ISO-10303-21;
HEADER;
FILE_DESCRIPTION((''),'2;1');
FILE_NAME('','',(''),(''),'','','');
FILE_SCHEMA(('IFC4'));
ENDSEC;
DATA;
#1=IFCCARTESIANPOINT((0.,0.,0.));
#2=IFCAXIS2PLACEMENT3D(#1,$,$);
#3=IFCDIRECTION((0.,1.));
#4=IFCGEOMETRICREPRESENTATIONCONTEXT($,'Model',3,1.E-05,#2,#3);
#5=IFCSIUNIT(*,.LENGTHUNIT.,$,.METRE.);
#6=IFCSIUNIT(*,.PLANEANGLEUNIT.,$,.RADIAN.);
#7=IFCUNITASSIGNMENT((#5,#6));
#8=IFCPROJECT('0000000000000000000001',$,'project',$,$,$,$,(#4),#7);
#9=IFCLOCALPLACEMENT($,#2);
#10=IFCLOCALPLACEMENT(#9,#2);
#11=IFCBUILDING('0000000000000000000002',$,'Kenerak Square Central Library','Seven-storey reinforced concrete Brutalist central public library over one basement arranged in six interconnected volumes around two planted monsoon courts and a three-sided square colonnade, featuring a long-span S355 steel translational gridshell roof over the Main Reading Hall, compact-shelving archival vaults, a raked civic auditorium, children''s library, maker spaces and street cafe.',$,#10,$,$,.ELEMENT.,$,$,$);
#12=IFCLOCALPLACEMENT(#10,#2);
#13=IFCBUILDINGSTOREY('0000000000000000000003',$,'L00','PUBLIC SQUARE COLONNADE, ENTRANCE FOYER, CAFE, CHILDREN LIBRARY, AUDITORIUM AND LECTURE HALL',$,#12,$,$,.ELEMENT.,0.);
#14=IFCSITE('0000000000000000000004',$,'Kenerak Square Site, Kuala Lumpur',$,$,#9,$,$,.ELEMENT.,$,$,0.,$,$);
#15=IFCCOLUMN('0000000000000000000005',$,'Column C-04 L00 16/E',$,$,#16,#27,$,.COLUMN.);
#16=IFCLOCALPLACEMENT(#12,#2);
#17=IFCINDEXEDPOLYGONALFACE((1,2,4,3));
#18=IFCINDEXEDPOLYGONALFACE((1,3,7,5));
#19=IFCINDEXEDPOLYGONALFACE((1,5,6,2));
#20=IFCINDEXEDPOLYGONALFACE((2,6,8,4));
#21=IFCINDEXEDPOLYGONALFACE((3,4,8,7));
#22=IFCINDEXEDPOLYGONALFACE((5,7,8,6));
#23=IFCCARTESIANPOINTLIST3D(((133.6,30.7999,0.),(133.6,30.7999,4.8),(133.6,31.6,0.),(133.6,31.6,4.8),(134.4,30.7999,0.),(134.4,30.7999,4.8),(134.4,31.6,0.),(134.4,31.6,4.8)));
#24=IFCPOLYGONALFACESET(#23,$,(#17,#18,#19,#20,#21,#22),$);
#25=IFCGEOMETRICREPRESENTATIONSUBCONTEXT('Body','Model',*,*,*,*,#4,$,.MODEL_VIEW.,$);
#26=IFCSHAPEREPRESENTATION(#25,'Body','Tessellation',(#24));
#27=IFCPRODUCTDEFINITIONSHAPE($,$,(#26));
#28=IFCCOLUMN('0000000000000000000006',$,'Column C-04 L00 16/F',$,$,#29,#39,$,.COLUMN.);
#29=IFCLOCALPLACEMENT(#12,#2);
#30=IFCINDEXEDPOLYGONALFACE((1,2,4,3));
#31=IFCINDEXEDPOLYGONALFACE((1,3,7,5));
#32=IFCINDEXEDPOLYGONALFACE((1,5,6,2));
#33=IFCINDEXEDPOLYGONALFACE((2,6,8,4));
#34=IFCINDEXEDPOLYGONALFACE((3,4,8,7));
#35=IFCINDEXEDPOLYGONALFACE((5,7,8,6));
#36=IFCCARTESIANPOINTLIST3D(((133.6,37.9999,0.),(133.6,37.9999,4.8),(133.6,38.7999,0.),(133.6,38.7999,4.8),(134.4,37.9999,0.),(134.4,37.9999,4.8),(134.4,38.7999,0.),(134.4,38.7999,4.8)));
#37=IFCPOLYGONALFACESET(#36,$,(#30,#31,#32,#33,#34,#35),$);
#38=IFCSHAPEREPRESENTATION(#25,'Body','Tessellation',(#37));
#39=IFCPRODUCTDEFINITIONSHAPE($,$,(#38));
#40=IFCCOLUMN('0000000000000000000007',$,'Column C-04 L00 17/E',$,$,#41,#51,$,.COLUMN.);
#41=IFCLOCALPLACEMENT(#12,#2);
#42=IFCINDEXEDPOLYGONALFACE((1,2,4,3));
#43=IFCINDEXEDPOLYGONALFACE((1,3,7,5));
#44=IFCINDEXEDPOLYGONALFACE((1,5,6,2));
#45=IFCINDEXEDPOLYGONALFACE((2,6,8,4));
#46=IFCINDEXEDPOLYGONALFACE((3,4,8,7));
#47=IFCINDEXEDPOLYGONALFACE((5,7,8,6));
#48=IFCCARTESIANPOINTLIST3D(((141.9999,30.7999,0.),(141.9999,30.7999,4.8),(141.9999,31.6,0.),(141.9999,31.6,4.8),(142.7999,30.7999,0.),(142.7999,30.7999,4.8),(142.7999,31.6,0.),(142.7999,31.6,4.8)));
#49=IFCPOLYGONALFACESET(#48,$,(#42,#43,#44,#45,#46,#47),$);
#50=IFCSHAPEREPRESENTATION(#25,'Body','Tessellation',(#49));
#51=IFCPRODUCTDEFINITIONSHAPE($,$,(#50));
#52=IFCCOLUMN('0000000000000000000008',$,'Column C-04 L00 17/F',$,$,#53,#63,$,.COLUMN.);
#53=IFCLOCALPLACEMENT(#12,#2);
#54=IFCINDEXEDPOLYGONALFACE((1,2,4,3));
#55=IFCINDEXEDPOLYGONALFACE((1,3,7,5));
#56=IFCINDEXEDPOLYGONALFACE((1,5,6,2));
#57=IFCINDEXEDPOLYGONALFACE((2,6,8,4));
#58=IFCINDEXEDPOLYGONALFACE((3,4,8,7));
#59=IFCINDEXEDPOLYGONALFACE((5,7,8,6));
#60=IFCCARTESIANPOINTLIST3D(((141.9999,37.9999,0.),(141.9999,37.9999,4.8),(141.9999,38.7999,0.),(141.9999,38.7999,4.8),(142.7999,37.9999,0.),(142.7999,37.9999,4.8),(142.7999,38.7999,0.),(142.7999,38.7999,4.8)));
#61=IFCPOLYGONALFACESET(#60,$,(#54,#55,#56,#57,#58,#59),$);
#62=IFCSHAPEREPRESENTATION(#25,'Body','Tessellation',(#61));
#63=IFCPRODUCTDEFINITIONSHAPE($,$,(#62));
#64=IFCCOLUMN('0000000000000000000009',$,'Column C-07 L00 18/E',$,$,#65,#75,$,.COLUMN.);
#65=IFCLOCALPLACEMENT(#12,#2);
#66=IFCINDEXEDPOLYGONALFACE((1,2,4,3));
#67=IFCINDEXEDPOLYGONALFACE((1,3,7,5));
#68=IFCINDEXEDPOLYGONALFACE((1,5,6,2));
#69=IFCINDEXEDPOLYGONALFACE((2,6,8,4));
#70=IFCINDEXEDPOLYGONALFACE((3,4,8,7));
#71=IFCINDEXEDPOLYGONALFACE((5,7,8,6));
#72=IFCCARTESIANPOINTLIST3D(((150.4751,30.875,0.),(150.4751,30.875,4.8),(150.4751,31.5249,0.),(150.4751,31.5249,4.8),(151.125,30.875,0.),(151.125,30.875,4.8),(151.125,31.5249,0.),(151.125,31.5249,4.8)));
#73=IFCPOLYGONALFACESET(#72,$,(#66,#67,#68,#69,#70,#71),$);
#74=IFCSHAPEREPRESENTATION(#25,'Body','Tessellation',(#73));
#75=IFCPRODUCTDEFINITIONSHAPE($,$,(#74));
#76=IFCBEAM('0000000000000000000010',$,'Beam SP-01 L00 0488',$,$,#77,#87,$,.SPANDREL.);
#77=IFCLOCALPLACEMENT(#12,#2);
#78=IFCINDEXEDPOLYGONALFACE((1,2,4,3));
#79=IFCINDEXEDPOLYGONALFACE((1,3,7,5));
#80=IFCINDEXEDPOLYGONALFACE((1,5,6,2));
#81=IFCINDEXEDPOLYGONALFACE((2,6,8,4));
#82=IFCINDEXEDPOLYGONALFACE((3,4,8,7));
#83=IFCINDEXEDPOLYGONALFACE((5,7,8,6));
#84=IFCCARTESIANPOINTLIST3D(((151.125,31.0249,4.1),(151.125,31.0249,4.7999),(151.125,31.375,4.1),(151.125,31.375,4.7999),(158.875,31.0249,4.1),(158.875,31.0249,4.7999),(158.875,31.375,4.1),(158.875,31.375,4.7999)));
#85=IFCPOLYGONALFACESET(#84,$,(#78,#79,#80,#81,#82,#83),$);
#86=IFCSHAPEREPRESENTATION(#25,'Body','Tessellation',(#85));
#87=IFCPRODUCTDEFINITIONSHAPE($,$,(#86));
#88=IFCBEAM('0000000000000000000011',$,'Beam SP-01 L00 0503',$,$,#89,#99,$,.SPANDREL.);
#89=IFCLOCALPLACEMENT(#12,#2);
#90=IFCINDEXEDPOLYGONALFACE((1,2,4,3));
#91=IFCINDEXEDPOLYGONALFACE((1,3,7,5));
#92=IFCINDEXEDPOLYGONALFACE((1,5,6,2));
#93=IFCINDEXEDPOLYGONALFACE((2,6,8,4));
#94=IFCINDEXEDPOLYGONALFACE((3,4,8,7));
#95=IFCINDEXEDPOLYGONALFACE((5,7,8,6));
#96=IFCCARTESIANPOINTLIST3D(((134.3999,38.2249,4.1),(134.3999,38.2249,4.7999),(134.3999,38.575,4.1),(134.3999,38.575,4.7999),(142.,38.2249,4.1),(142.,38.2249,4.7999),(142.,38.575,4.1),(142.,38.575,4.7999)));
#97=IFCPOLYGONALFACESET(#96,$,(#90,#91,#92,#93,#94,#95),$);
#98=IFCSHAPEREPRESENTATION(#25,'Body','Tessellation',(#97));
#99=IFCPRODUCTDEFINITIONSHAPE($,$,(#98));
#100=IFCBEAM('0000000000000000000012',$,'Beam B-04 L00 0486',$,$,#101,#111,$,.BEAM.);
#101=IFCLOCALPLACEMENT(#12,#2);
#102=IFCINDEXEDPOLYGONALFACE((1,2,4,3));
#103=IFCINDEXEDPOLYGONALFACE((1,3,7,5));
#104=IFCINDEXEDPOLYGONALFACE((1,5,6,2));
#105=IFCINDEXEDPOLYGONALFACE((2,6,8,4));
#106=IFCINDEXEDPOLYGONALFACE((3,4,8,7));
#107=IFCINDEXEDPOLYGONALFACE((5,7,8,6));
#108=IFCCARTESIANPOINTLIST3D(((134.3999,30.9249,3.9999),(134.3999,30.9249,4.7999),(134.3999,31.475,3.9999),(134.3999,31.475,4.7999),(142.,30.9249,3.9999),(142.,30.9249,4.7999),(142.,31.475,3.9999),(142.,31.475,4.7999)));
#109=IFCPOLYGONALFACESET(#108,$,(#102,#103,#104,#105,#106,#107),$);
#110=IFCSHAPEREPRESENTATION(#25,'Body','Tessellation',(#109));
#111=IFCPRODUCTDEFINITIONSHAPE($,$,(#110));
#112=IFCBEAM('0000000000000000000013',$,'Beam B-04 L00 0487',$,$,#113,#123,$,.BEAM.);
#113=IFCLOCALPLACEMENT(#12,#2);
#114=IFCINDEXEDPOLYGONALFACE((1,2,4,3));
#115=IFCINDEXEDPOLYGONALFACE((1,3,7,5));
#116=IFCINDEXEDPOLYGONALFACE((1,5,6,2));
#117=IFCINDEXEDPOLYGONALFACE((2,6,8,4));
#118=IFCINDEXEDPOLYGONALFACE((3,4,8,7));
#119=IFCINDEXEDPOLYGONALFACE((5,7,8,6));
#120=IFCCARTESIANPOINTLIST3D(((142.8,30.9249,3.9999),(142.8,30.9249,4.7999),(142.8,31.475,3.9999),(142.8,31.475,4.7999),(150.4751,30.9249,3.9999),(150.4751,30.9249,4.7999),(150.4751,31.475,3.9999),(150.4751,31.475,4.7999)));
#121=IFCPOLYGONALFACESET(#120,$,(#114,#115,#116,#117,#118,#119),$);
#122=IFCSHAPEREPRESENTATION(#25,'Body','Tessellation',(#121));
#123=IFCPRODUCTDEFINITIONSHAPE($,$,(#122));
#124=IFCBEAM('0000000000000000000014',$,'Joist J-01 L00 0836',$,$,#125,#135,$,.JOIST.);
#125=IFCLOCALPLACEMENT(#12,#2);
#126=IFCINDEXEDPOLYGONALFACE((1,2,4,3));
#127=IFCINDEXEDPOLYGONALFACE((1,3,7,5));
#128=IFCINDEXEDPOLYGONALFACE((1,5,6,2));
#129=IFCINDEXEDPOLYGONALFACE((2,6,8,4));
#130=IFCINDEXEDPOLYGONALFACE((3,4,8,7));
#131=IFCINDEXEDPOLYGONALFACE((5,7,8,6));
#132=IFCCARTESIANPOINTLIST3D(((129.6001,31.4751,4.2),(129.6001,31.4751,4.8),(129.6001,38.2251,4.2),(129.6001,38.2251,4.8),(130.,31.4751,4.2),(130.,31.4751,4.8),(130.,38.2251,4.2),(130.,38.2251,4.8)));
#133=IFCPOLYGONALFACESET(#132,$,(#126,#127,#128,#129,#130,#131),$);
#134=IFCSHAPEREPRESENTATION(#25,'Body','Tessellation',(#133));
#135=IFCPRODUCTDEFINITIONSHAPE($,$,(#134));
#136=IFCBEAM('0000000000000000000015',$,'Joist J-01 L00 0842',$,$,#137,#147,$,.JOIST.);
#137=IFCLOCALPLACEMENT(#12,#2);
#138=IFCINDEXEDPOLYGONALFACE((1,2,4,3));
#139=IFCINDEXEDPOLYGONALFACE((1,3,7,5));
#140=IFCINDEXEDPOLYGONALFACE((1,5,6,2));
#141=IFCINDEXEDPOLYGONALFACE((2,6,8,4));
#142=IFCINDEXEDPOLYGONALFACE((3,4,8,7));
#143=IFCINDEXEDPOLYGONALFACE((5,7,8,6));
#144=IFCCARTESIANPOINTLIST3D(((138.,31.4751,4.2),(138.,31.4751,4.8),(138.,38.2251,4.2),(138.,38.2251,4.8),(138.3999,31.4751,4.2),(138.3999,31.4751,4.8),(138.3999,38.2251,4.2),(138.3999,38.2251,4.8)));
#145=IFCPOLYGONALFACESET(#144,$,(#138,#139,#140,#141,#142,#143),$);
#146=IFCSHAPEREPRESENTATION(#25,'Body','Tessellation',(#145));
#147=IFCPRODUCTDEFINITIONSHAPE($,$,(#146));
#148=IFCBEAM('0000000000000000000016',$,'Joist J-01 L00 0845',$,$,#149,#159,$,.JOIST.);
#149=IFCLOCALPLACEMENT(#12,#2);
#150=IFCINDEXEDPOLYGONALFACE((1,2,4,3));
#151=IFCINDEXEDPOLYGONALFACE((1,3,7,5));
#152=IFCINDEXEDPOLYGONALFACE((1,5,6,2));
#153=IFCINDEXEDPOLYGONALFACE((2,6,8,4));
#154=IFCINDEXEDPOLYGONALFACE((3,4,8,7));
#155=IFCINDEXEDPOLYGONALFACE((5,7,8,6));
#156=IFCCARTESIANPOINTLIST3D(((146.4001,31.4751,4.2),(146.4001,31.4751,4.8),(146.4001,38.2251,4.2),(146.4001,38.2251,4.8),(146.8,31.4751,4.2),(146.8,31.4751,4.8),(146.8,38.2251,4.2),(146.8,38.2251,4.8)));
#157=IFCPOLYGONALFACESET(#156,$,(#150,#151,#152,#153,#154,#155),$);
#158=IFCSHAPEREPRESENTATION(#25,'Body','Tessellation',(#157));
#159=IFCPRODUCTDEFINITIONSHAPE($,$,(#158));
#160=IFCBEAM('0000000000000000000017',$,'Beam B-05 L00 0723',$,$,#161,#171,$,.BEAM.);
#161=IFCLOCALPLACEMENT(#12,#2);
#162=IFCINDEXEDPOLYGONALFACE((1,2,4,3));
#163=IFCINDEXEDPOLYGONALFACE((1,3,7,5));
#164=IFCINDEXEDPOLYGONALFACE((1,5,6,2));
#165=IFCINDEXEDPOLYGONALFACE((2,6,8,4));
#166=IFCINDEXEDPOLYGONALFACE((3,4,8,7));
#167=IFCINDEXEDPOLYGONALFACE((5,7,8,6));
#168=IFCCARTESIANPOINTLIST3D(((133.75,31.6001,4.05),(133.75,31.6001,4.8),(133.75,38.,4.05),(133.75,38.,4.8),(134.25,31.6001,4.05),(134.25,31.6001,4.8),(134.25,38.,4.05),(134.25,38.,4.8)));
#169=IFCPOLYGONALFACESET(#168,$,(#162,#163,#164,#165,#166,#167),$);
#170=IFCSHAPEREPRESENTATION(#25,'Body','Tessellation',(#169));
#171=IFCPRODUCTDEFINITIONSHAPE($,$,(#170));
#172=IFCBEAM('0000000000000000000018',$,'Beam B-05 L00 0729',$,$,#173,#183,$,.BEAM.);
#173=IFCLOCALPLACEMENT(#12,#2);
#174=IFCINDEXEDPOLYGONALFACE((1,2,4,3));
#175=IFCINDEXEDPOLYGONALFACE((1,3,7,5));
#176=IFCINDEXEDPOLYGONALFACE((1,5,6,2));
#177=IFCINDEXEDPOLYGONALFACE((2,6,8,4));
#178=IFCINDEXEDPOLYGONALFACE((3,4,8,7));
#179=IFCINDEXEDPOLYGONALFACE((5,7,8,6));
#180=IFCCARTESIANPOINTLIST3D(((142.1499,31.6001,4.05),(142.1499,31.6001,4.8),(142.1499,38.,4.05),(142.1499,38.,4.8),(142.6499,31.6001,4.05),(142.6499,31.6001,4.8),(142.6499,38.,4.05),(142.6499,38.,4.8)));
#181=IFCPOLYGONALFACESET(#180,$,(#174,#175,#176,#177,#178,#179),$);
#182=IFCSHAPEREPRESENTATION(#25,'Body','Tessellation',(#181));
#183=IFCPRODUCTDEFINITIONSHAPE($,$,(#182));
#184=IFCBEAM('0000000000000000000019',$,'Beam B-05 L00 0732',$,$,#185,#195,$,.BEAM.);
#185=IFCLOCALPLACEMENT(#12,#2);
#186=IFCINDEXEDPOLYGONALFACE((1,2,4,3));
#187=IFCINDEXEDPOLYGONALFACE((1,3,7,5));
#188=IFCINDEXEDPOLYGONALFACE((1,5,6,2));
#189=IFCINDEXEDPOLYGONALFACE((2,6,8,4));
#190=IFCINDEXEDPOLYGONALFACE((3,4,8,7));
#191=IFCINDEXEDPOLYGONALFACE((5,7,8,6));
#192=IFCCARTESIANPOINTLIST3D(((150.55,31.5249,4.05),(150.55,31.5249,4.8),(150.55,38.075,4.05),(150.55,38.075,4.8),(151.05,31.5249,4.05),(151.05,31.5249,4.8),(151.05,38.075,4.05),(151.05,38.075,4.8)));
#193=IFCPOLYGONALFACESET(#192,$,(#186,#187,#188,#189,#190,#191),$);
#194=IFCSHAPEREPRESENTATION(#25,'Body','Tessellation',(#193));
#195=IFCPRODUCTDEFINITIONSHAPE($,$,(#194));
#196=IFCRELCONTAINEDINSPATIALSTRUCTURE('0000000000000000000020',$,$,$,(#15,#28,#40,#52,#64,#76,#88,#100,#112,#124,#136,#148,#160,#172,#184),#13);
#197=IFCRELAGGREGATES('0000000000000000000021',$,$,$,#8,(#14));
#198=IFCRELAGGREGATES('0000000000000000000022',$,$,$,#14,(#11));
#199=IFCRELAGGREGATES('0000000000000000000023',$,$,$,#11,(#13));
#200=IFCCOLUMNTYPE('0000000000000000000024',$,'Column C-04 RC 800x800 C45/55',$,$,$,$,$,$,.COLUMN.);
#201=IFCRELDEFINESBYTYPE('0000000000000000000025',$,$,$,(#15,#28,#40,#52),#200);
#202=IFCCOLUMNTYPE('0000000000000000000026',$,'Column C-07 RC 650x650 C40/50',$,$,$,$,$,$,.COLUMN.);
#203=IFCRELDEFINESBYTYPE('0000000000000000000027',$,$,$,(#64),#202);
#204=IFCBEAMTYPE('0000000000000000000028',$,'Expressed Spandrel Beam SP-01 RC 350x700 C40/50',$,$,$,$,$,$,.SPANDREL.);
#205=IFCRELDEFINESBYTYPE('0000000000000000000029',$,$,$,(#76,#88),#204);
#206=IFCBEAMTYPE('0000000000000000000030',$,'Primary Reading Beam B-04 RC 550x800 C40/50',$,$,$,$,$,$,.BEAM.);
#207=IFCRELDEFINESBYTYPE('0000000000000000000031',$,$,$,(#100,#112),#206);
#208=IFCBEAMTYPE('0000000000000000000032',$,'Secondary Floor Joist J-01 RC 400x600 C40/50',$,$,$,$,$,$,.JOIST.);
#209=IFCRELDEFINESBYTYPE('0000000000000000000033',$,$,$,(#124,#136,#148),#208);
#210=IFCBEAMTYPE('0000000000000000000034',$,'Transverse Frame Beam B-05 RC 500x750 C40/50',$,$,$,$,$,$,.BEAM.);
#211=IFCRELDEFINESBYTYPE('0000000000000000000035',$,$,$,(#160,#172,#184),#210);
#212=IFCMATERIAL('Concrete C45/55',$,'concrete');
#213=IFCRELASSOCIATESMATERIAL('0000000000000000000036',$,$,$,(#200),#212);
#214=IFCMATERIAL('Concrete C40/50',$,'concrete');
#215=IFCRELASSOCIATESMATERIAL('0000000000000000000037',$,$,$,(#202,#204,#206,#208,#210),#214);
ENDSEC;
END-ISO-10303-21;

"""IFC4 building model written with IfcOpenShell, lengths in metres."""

from ifc_helpers import new_model, si_unit, direction, frame, origin, origin_2d, place, context, subcontext, project, spatial, rectangle, extrude, material, material_profile, profile_set, type_object, element, save


model = new_model("IFC4")

# Units and contexts
model_context = context("Model", 3, precision=1e-05, world=origin(), true_north=direction((0.0, 1.0)))
body_context = subcontext(model_context, "Body", "Model", "MODEL_VIEW")
ifc_project = project(units=[si_unit("LENGTHUNIT", "METRE"), si_unit("PLANEANGLEUNIT", "RADIAN")], contexts=[model_context])

# Site, building, storey
site_placement = place(None, origin())
site = spatial("IfcSite", under=ifc_project, at=site_placement, Name="Kenerak Square Site, Kuala Lumpur", CompositionType="ELEMENT", RefElevation=0.0)
building_placement = place(site_placement, origin())
building = spatial("IfcBuilding", under=site, at=building_placement, Name="Kenerak Square Central Library", Description="Seven-storey reinforced concrete Brutalist central public library over one basement arranged in six interconnected volumes around two planted monsoon courts and a three-sided square colonnade, featuring a long-span S355 steel translational gridshell roof over the Main Reading Hall, compact-shelving archival vaults, a raked civic auditorium, children's library, maker spaces and street cafe.", CompositionType="ELEMENT")
storey_placement = place(building_placement, origin())
storey = spatial("IfcBuildingStorey", under=building, at=storey_placement, Name="L00", Description="PUBLIC SQUARE COLONNADE, ENTRANCE FOYER, CAFE, CHILDREN LIBRARY, AUDITORIUM AND LECTURE HALL", CompositionType="ELEMENT", Elevation=0.0)

# Columns
ifc_material_1 = material(Name="Concrete C45/55", Category="concrete")
ifc_material_profile_1 = material_profile(ifc_material_1, rectangle(XDim=0.8, YDim=0.8, at=origin_2d()), Name="RC 800x800")
ifc_profile_set_1 = profile_set([ifc_material_profile_1], Name="Concrete C45/55")
column_type_1 = type_object("IfcColumnType", Name="Column C-04 RC 800x800 C45/55", PredefinedType="COLUMN", material=ifc_profile_set_1)
for number, where, z_axis, x_axis, name in (
    (1, (134.0, 31.2, 0.0), (0.0, 0.0, 1.0), (1.0, 0.0, 0.0), "Column C-04 L00 16/E"),
    (2, (134.0, 38.3999, 0.0), (0.0, 0.0, 1.0), (1.0, 0.0, 0.0), "Column C-04 L00 16/F"),
    (3, (142.3999, 31.2, 0.0), (0.0, 0.0, 1.0), (1.0, 0.0, 0.0), "Column C-04 L00 17/E"),
    (4, (142.3999, 38.3999, 0.0), (0.0, 0.0, 1.0), (1.0, 0.0, 0.0), "Column C-04 L00 17/F"),
):
    element("IfcColumn", number, at=place(storey_placement, frame(where, z_axis=z_axis, x_axis=x_axis)), inside=storey, type_object=column_type_1, Name=name, PredefinedType="COLUMN", context=body_context, shape_type="SweptSolid", body=[
        extrude(rectangle(XDim=0.8, YDim=0.8, at=origin_2d()), origin(), (0.0, 0.0, 1.0), 4.8),
    ])
ifc_material_2 = material(Name="Concrete C40/50", Category="concrete")
ifc_material_profile_2 = material_profile(ifc_material_2, rectangle(XDim=0.6499, YDim=0.6499, at=origin_2d()), Name="RC 650x650")
ifc_profile_set_2 = profile_set([ifc_material_profile_2], Name="Concrete C40/50")
column_type_2 = type_object("IfcColumnType", Name="Column C-07 RC 650x650 C40/50", PredefinedType="COLUMN", material=ifc_profile_set_2)
column_placement = place(storey_placement, frame((150.8, 31.2, 0.0), z_axis=(0.0, 0.0, 1.0), x_axis=(1.0, 0.0, 0.0)))
element("IfcColumn", 5, at=column_placement, inside=storey, type_object=column_type_2, Name="Column C-07 L00 18/E", PredefinedType="COLUMN", context=body_context, shape_type="SweptSolid", body=[
    extrude(rectangle(XDim=0.6499, YDim=0.6499, at=origin_2d()), origin(), (0.0, 0.0, 1.0), 4.8),
])

# Beams
ifc_material_profile_3 = material_profile(ifc_material_2, rectangle(XDim=0.3501, YDim=0.7, at=origin_2d()), Name="RC 350x700")
ifc_profile_set_3 = profile_set([ifc_material_profile_3], Name="Concrete C40/50")
beam_type_1 = type_object("IfcBeamType", Name="Expressed Spandrel Beam SP-01 RC 350x700 C40/50", PredefinedType="SPANDREL", material=ifc_profile_set_3)
beam_1_placement = place(storey_placement, frame((151.125, 31.2, 4.45), z_axis=(1.0, 0.0, 0.0), x_axis=(0.0, 1.0, 0.0)))
element("IfcBeam", 6, at=beam_1_placement, inside=storey, type_object=beam_type_1, Name="Beam SP-01 L00 0488", PredefinedType="SPANDREL", context=body_context, shape_type="SweptSolid", body=[
    extrude(rectangle(XDim=0.3501, YDim=0.7, at=origin_2d()), origin(), (0.0, 0.0, 1.0), 7.75),
])
beam_2_placement = place(storey_placement, frame((134.3999, 38.3999, 4.45), z_axis=(1.0, 0.0, 0.0), x_axis=(0.0, 1.0, 0.0)))
element("IfcBeam", 7, at=beam_2_placement, inside=storey, type_object=beam_type_1, Name="Beam SP-01 L00 0503", PredefinedType="SPANDREL", context=body_context, shape_type="SweptSolid", body=[
    extrude(rectangle(XDim=0.3501, YDim=0.7, at=origin_2d()), origin(), (0.0, 0.0, 1.0), 7.6001),
])
ifc_material_profile_4 = material_profile(ifc_material_2, rectangle(XDim=0.55, YDim=0.8, at=origin_2d()), Name="RC 550x800")
ifc_profile_set_4 = profile_set([ifc_material_profile_4], Name="Concrete C40/50")
beam_type_2 = type_object("IfcBeamType", Name="Primary Reading Beam B-04 RC 550x800 C40/50", PredefinedType="BEAM", material=ifc_profile_set_4)
beam_3_placement = place(storey_placement, frame((134.3999, 31.2, 4.3999), z_axis=(1.0, 0.0, 0.0), x_axis=(0.0, 1.0, 0.0)))
element("IfcBeam", 8, at=beam_3_placement, inside=storey, type_object=beam_type_2, Name="Beam B-04 L00 0486", PredefinedType="BEAM", context=body_context, shape_type="SweptSolid", body=[
    extrude(rectangle(XDim=0.55, YDim=0.8, at=origin_2d()), origin(), (0.0, 0.0, 1.0), 7.6001),
])
beam_4_placement = place(storey_placement, frame((142.8, 31.2, 4.3999), z_axis=(1.0, 0.0, 0.0), x_axis=(0.0, 1.0, 0.0)))
element("IfcBeam", 9, at=beam_4_placement, inside=storey, type_object=beam_type_2, Name="Beam B-04 L00 0487", PredefinedType="BEAM", context=body_context, shape_type="SweptSolid", body=[
    extrude(rectangle(XDim=0.55, YDim=0.8, at=origin_2d()), origin(), (0.0, 0.0, 1.0), 7.675),
])
ifc_material_profile_5 = material_profile(ifc_material_2, rectangle(XDim=0.3999, YDim=0.6001, at=origin_2d()), Name="RC 400x600")
ifc_profile_set_5 = profile_set([ifc_material_profile_5], Name="Concrete C40/50")
beam_type_3 = type_object("IfcBeamType", Name="Secondary Floor Joist J-01 RC 400x600 C40/50", PredefinedType="JOIST", material=ifc_profile_set_5)
for number, where, z_axis, x_axis, name in (
    (10, (129.8, 31.4751, 4.5), (0.0, 1.0, 0.0), (-1.0, 0.0, 0.0), "Joist J-01 L00 0836"),
    (11, (138.2, 31.4751, 4.5), (0.0, 1.0, 0.0), (-1.0, 0.0, 0.0), "Joist J-01 L00 0842"),
    (12, (146.6001, 31.4751, 4.5), (0.0, 1.0, 0.0), (-1.0, 0.0, 0.0), "Joist J-01 L00 0845"),
):
    element("IfcBeam", number, at=place(storey_placement, frame(where, z_axis=z_axis, x_axis=x_axis)), inside=storey, type_object=beam_type_3, Name=name, PredefinedType="JOIST", context=body_context, shape_type="SweptSolid", body=[
        extrude(rectangle(XDim=0.3999, YDim=0.6001, at=origin_2d()), origin(), (0.0, 0.0, 1.0), 6.75),
    ])
ifc_material_profile_6 = material_profile(ifc_material_2, rectangle(XDim=0.5, YDim=0.75, at=origin_2d()), Name="RC 500x750")
ifc_profile_set_6 = profile_set([ifc_material_profile_6], Name="Concrete C40/50")
beam_type_4 = type_object("IfcBeamType", Name="Transverse Frame Beam B-05 RC 500x750 C40/50", PredefinedType="BEAM", material=ifc_profile_set_6)
for number, where, z_axis, x_axis, name in (
    (13, (134.0, 31.6001, 4.425), (0.0, 1.0, 0.0), (-1.0, 0.0, 0.0), "Beam B-05 L00 0723"),
    (14, (142.3999, 31.6001, 4.425), (0.0, 1.0, 0.0), (-1.0, 0.0, 0.0), "Beam B-05 L00 0729"),
):
    element("IfcBeam", number, at=place(storey_placement, frame(where, z_axis=z_axis, x_axis=x_axis)), inside=storey, type_object=beam_type_4, Name=name, PredefinedType="BEAM", context=body_context, shape_type="SweptSolid", body=[
        extrude(rectangle(XDim=0.5, YDim=0.75, at=origin_2d()), origin(), (0.0, 0.0, 1.0), 6.3999),
    ])
beam_5_placement = place(storey_placement, frame((150.8, 31.5249, 4.425), z_axis=(0.0, 1.0, 0.0), x_axis=(-1.0, 0.0, 0.0)))
element("IfcBeam", 15, at=beam_5_placement, inside=storey, type_object=beam_type_4, Name="Beam B-05 L00 0732", PredefinedType="BEAM", context=body_context, shape_type="SweptSolid", body=[
    extrude(rectangle(XDim=0.5, YDim=0.75, at=origin_2d()), origin(), (0.0, 0.0, 1.0), 6.55),
])

save(model, "model.ifc")
